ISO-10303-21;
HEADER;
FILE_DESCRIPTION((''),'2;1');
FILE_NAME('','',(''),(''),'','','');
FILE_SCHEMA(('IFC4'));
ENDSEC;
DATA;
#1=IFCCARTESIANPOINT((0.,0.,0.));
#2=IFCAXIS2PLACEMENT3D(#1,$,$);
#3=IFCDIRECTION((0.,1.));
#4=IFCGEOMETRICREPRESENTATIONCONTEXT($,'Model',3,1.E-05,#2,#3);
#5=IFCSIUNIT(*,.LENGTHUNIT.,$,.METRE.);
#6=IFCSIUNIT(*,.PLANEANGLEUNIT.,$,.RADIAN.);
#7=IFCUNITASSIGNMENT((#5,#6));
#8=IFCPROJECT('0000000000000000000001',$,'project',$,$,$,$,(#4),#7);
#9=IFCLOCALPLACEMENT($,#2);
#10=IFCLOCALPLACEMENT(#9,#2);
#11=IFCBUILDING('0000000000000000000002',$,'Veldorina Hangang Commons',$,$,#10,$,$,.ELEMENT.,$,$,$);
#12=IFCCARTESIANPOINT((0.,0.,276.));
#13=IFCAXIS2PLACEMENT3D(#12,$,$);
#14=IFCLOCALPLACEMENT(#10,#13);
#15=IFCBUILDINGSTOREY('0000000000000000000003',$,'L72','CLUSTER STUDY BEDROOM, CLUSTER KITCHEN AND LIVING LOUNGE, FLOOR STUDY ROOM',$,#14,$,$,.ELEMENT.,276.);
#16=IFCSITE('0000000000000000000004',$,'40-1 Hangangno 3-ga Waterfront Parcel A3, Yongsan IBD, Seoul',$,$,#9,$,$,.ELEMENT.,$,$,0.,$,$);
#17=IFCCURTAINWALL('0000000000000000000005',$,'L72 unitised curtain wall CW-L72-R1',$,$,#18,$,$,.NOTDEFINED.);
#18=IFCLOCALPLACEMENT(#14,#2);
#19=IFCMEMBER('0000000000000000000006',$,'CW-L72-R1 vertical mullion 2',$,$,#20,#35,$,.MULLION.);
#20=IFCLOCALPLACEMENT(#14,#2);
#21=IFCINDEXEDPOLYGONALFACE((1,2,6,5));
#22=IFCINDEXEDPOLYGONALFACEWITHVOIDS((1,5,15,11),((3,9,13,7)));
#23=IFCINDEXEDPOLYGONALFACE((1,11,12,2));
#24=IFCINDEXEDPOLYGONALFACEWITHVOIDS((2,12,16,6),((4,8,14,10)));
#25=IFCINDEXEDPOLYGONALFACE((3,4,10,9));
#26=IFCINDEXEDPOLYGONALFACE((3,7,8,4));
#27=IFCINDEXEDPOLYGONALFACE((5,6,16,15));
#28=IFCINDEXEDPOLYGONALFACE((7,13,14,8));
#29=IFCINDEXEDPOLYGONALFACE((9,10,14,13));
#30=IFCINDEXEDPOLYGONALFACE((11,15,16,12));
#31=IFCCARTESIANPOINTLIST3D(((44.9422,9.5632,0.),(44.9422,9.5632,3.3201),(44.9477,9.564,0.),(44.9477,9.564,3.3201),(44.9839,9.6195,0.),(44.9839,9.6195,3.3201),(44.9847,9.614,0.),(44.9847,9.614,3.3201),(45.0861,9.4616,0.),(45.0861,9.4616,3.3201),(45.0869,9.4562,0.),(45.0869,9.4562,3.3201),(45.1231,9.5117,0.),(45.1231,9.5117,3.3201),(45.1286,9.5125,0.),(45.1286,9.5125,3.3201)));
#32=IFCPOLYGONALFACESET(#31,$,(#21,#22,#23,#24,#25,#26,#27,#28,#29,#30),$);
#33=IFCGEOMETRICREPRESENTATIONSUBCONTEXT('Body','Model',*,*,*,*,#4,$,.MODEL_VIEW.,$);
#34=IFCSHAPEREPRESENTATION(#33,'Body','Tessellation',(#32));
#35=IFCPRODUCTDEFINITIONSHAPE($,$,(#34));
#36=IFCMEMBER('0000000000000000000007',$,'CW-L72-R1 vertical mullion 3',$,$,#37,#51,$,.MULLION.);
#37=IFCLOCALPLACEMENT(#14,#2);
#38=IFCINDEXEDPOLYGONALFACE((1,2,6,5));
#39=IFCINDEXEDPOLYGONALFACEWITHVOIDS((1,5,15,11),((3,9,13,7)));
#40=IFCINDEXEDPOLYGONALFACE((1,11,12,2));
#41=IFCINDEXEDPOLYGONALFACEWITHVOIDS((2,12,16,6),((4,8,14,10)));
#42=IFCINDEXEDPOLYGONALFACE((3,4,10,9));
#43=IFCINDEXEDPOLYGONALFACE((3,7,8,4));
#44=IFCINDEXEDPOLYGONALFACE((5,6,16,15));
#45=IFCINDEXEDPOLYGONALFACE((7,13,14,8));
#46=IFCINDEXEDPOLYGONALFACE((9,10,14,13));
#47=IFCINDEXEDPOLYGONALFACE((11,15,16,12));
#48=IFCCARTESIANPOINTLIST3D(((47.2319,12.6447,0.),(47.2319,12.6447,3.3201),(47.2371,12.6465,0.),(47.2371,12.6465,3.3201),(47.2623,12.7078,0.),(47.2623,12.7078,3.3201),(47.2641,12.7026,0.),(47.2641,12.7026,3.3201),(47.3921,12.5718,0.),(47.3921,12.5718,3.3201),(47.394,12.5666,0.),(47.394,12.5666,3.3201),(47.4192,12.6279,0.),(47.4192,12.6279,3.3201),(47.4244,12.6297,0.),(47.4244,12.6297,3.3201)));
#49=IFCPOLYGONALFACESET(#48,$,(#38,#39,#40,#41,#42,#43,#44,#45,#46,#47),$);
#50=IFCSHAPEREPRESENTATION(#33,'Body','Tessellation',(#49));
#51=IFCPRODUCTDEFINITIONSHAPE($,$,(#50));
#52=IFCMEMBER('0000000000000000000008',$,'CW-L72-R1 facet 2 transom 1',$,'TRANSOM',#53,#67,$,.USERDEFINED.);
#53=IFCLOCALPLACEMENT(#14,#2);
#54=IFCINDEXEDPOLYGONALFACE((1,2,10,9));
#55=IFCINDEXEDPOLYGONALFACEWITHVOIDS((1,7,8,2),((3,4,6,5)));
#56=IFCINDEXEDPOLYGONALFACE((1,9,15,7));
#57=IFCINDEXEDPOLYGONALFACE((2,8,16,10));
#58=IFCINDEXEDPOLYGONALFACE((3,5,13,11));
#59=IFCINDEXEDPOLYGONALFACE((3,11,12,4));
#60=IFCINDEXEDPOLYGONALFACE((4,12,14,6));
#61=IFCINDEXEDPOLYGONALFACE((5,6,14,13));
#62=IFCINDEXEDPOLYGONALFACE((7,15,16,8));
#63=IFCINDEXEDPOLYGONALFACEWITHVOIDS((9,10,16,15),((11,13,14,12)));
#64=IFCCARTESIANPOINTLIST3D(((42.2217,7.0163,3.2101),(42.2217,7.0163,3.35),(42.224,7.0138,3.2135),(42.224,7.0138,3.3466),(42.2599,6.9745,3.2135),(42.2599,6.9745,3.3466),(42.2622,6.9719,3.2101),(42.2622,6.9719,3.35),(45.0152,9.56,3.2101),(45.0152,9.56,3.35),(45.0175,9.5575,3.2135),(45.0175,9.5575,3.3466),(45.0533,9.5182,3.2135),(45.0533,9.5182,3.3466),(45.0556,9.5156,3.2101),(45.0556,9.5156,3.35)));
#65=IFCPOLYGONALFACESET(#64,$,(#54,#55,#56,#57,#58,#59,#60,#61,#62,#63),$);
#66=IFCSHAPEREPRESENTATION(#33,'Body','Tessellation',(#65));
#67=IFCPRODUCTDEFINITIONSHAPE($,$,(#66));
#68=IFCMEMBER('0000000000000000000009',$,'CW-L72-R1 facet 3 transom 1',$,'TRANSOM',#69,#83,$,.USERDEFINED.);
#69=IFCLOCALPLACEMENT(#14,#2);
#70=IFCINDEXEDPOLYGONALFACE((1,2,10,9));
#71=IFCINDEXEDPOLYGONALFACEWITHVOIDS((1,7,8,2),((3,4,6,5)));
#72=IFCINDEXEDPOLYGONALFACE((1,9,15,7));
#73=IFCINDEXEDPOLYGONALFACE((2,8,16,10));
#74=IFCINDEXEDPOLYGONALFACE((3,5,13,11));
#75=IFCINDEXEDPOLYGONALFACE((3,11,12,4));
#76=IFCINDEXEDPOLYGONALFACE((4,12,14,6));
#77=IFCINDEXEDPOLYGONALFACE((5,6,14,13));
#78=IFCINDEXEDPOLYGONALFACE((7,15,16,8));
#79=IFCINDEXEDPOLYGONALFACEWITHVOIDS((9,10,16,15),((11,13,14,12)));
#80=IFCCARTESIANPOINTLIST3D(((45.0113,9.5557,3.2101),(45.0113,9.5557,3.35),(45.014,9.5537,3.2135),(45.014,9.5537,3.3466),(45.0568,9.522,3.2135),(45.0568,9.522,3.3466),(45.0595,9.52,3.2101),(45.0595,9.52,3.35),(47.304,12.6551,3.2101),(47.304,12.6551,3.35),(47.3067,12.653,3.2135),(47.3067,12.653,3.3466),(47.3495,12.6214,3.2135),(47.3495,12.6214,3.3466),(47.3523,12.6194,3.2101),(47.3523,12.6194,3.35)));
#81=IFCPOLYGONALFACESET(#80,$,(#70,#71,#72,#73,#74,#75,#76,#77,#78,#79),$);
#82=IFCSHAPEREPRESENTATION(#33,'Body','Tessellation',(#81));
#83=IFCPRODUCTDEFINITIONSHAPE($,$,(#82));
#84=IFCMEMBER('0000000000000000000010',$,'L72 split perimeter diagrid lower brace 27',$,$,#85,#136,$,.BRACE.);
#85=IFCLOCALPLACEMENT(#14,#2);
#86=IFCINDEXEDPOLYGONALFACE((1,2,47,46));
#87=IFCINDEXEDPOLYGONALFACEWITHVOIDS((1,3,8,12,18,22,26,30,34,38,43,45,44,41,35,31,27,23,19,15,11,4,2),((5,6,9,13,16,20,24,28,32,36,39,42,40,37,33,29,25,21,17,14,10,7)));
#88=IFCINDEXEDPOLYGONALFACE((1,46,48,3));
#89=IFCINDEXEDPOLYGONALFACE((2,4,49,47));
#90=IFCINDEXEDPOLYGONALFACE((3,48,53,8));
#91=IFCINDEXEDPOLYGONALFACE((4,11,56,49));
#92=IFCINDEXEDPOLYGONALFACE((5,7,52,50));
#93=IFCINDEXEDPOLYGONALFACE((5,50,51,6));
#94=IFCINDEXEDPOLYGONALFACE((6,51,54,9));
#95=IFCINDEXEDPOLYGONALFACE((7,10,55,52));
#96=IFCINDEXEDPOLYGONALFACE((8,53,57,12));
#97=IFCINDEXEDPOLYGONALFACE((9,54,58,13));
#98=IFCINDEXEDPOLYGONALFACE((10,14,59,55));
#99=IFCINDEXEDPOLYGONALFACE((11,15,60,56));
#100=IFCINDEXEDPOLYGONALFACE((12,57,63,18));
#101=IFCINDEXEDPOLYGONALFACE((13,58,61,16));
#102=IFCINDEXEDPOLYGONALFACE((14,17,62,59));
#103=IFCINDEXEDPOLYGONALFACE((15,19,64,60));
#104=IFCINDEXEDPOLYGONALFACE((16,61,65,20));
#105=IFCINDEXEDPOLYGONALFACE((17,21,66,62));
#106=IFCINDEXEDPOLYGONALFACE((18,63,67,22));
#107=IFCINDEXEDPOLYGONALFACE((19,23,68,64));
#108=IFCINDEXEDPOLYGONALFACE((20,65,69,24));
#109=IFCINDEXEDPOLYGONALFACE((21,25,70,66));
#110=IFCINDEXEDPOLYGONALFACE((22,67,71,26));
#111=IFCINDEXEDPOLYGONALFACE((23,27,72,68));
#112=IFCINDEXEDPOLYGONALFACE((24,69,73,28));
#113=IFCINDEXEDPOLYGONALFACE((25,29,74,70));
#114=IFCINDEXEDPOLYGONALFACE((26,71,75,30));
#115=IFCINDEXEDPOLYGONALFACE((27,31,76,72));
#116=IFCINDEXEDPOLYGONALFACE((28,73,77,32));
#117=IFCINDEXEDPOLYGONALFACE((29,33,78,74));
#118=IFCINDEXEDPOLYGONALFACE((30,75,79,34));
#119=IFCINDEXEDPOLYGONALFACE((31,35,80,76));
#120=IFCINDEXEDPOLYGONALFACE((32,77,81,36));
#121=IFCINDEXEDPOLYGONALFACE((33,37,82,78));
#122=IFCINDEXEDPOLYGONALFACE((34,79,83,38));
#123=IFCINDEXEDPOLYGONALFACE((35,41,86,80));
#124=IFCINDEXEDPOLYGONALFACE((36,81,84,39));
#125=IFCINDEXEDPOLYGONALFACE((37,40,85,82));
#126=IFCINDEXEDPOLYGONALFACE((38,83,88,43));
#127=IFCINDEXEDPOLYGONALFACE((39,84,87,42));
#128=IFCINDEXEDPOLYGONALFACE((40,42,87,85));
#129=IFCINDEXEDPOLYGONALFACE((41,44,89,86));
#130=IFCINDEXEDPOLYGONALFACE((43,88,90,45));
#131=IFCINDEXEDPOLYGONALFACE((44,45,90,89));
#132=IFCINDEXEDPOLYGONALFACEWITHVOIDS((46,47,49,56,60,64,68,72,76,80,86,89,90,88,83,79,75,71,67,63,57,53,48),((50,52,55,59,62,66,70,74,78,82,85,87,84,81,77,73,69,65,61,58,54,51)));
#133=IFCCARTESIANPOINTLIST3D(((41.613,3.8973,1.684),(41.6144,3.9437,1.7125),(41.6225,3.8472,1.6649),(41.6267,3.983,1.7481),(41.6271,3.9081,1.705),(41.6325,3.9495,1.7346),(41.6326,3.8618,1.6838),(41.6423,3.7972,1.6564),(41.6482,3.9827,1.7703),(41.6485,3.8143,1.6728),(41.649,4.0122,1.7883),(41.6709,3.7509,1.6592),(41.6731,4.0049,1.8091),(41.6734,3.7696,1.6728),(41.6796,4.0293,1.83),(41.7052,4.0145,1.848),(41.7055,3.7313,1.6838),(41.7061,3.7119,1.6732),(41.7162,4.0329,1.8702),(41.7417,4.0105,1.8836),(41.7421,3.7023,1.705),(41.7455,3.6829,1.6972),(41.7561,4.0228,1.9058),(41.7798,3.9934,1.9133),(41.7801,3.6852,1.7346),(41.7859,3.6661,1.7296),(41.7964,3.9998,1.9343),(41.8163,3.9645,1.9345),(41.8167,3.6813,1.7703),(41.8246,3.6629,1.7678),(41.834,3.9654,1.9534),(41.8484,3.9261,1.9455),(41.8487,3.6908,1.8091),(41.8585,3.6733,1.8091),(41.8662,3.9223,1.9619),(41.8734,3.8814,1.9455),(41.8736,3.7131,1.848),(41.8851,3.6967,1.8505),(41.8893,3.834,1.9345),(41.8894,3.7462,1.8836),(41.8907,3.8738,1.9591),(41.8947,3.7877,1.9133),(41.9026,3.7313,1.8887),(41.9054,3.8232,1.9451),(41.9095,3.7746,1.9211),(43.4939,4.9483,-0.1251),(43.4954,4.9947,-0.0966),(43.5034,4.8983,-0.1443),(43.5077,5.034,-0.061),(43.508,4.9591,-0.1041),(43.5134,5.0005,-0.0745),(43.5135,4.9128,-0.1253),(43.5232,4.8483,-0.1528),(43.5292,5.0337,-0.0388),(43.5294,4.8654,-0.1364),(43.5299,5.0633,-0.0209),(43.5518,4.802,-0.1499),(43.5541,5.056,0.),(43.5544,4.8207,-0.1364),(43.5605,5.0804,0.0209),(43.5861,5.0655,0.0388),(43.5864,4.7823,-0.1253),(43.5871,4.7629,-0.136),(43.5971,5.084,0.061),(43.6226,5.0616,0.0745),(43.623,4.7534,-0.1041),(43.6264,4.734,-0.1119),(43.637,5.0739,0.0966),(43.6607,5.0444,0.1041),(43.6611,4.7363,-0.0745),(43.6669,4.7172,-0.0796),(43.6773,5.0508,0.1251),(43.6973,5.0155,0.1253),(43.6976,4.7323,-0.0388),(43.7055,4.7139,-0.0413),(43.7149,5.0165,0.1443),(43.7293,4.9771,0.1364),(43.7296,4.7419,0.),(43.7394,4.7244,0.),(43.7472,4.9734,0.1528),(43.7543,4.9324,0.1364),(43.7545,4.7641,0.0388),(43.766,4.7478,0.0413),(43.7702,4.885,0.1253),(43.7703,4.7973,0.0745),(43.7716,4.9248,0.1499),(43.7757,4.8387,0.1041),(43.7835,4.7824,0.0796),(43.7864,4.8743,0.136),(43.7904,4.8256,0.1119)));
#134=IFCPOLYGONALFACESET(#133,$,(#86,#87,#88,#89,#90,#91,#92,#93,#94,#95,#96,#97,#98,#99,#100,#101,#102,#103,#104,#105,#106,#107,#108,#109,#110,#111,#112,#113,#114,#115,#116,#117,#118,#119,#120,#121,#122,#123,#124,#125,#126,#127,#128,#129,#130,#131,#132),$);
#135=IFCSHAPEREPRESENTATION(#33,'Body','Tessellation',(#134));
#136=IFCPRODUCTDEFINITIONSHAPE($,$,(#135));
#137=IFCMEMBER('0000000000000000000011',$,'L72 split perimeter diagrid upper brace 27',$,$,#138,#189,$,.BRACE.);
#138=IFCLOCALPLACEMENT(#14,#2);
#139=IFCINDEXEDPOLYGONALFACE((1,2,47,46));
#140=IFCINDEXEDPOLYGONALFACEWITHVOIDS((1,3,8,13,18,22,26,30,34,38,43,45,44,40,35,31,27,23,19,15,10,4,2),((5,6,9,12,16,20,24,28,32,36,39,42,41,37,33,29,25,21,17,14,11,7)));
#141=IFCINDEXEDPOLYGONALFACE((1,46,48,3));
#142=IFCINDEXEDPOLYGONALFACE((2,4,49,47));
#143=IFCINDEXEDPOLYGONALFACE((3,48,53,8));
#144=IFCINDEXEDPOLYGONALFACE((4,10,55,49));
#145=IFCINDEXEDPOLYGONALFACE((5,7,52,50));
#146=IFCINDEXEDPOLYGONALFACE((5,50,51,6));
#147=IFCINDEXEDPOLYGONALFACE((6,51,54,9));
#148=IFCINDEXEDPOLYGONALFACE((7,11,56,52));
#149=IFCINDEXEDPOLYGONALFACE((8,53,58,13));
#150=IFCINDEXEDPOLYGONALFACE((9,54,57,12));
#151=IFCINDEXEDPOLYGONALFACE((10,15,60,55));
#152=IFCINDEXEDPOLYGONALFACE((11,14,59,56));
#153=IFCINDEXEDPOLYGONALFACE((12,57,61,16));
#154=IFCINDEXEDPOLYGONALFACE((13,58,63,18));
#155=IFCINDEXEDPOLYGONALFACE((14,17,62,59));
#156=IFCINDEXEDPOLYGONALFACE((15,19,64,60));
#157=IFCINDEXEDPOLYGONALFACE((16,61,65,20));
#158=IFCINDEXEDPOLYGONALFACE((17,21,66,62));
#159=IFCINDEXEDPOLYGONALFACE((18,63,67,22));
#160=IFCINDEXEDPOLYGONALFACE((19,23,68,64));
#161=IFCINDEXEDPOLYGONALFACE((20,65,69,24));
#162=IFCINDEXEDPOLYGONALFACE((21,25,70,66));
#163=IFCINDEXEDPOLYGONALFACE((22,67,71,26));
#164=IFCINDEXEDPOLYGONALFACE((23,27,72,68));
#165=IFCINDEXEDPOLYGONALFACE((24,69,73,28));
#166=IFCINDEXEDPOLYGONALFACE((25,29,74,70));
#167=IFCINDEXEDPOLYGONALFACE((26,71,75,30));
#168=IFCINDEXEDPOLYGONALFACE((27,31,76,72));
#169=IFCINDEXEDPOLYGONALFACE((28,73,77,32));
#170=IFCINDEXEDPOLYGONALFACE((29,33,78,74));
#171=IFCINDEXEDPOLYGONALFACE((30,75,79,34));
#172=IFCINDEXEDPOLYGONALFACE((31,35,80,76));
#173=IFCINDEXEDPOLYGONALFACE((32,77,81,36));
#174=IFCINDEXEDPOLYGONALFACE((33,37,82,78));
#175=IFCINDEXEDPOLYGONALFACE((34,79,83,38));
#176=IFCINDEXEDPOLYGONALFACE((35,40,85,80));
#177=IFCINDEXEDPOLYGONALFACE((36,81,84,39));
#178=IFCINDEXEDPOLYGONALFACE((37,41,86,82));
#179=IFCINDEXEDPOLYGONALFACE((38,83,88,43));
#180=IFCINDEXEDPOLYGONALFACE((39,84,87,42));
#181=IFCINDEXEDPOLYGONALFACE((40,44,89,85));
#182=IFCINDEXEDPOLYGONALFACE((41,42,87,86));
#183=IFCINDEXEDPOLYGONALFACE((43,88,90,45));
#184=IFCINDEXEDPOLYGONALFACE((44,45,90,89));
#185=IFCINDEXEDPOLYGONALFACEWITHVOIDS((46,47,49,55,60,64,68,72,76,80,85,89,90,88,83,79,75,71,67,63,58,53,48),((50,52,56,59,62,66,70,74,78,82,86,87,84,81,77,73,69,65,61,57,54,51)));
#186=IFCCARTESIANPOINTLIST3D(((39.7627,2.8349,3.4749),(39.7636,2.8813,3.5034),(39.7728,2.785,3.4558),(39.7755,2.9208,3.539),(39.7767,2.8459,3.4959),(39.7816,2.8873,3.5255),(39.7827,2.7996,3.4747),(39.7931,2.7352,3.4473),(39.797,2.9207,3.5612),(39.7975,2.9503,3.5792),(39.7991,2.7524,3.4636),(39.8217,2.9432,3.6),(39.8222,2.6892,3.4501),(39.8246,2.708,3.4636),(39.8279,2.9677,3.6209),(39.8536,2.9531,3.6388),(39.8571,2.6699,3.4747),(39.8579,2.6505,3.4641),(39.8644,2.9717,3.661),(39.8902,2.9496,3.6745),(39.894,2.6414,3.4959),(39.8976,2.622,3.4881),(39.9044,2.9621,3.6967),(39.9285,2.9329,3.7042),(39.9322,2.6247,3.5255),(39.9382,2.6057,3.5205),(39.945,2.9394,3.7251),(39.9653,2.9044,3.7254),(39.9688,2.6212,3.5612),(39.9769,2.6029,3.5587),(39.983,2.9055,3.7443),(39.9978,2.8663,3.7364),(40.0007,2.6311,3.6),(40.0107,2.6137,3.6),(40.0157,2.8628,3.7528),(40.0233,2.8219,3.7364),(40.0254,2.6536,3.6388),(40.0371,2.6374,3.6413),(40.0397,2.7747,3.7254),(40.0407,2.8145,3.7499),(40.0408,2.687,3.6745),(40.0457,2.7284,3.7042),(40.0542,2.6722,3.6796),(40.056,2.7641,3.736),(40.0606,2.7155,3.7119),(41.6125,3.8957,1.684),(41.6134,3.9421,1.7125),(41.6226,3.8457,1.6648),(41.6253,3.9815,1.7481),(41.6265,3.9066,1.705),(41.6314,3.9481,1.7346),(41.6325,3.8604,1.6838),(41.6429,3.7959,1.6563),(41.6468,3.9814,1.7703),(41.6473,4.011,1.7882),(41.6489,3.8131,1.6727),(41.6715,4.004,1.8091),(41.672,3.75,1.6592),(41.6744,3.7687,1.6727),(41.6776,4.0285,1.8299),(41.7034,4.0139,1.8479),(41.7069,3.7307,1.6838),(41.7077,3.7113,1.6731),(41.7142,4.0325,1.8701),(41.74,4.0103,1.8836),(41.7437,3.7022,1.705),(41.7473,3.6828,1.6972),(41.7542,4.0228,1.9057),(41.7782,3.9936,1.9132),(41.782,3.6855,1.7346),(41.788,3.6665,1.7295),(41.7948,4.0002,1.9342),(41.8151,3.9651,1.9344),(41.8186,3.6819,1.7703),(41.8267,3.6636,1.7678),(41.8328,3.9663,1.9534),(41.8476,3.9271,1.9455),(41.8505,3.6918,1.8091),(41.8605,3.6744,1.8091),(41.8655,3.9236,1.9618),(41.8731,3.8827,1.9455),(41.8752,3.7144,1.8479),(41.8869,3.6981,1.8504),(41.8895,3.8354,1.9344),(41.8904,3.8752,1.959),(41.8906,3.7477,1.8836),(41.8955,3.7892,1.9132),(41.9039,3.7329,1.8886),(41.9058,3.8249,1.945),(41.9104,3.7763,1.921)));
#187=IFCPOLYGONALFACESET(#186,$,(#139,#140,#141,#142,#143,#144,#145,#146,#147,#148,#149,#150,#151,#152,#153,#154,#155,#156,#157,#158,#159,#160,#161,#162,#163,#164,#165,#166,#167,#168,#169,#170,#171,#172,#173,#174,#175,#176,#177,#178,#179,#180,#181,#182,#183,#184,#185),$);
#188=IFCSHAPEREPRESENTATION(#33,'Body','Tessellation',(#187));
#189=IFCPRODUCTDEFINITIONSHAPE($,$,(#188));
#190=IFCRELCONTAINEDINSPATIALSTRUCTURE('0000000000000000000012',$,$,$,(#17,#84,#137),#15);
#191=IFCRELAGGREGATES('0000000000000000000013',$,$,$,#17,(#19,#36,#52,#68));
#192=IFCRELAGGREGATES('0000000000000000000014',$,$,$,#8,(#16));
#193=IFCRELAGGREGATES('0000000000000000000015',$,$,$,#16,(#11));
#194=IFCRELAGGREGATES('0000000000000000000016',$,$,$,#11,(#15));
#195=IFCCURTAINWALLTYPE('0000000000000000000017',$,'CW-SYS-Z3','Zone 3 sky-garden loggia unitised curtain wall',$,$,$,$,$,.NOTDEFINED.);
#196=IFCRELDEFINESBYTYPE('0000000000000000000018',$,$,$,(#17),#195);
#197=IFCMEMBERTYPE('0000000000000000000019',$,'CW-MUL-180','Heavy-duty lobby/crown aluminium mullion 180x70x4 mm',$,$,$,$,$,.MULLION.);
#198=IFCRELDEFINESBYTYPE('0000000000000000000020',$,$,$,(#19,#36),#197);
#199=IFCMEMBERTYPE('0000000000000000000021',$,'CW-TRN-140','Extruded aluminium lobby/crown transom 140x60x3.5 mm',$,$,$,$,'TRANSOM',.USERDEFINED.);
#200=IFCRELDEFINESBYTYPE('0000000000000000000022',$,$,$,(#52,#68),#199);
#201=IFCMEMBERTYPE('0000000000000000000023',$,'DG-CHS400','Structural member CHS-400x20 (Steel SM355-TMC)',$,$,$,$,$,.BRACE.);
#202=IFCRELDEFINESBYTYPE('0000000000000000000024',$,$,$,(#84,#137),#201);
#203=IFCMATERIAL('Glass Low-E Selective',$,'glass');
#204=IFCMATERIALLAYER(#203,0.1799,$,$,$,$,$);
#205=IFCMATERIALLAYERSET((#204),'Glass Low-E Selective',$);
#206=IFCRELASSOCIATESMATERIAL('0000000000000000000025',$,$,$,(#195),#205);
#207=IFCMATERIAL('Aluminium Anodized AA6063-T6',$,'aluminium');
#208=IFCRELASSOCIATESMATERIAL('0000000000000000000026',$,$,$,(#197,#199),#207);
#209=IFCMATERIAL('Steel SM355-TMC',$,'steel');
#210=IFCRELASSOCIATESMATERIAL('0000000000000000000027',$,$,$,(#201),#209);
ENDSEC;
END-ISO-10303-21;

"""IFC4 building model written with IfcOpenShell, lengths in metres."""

from ifc_helpers import new_model, si_unit, direction, frame, origin, origin_2d, place, context, subcontext, project, spatial, hollow_rectangle, hollow_circle, extrude, material, layer, layer_set, material_profile, profile_set, type_object, element, aggregate, save


model = new_model("IFC4")

# Units and contexts
model_context = context("Model", 3, precision=1e-05, world=origin(), true_north=direction((0.0, 1.0)))
body_context = subcontext(model_context, "Body", "Model", "MODEL_VIEW")
ifc_project = project(units=[si_unit("LENGTHUNIT", "METRE"), si_unit("PLANEANGLEUNIT", "RADIAN")], contexts=[model_context])

# Site, building, storey
site_placement = place(None, origin())
site = spatial("IfcSite", under=ifc_project, at=site_placement, Name="40-1 Hangangno 3-ga Waterfront Parcel A3, Yongsan IBD, Seoul", CompositionType="ELEMENT", RefElevation=0.0)
building_placement = place(site_placement, origin())
building = spatial("IfcBuilding", under=site, at=building_placement, Name="Veldorina Hangang Commons", CompositionType="ELEMENT")
storey_placement = place(building_placement, frame((0.0, 0.0, 276.0)))
storey = spatial("IfcBuildingStorey", under=building, at=storey_placement, Name="L72", Description="CLUSTER STUDY BEDROOM, CLUSTER KITCHEN AND LIVING LOUNGE, FLOOR STUDY ROOM", CompositionType="ELEMENT", Elevation=276.0)

# Shared definitions
ifc_material_1 = material(Name="Steel SM355-TMC", Category="steel")

# Curtain wall, members
ifc_material_2 = material(Name="Glass Low-E Selective", Category="glass")
ifc_layer_1 = layer(ifc_material_2, 0.1799)
ifc_layer_set_1 = layer_set([ifc_layer_1], Name="Glass Low-E Selective")
curtain_wall_type = type_object("IfcCurtainWallType", Name="CW-SYS-Z3", Description="Zone 3 sky-garden loggia unitised curtain wall", PredefinedType="NOTDEFINED", material=ifc_layer_set_1)
curtain_wall_placement = place(storey_placement, origin())
curtain_wall = element("IfcCurtainWall", 1, at=curtain_wall_placement, inside=storey, type_object=curtain_wall_type, Name="L72 unitised curtain wall CW-L72-R1", PredefinedType="NOTDEFINED")
ifc_material_3 = material(Name="Aluminium Anodized AA6063-T6", Category="aluminium")
ifc_material_profile_1 = material_profile(ifc_material_3, hollow_rectangle(XDim=0.0701, YDim=0.1799, WallThickness=0.0039, at=origin_2d()), Name="ALU-RHS-180x70x4")
ifc_profile_set_1 = profile_set([ifc_material_profile_1], Name="Aluminium Anodized AA6063-T6")
member_type_1 = type_object("IfcMemberType", Name="CW-MUL-180", Description="Heavy-duty lobby/crown aluminium mullion 180x70x4 mm", PredefinedType="MULLION", material=ifc_profile_set_1)
member_1_placement = place(storey_placement, frame((45.0354, 9.5378, 0.0), z_axis=(0.0, 0.0, 1.0), x_axis=(0.594711, 0.80394, 0.0)))
member_1 = element("IfcMember", 2, at=member_1_placement, type_object=member_type_1, Name="CW-L72-R1 vertical mullion 2", PredefinedType="MULLION", context=body_context, shape_type="SweptSolid", body=[
    extrude(hollow_rectangle(XDim=0.0701, YDim=0.1799, WallThickness=0.0039, at=origin_2d()), origin(), (0.0, 0.0, 1.0), 3.3201),
])
member_2_placement = place(storey_placement, frame((47.3281, 12.6372, 0.0), z_axis=(0.0, 0.0, 1.0), x_axis=(0.434021, 0.900903, 0.0)))
member_2 = element("IfcMember", 3, at=member_2_placement, type_object=member_type_1, Name="CW-L72-R1 vertical mullion 3", PredefinedType="MULLION", context=body_context, shape_type="SweptSolid", body=[
    extrude(hollow_rectangle(XDim=0.0701, YDim=0.1799, WallThickness=0.0039, at=origin_2d()), origin(), (0.0, 0.0, 1.0), 3.3201),
])
ifc_material_profile_2 = material_profile(ifc_material_3, hollow_rectangle(XDim=0.0601, YDim=0.1399, WallThickness=0.0034, at=origin_2d()), Name="ALU-RHS-140x60x3.5")
ifc_profile_set_2 = profile_set([ifc_material_profile_2], Name="Aluminium Anodized AA6063-T6")
member_type_2 = type_object("IfcMemberType", Name="CW-TRN-140", Description="Extruded aluminium lobby/crown transom 140x60x3.5 mm", ElementType="TRANSOM", PredefinedType="USERDEFINED", material=ifc_profile_set_2)
member_3_placement = place(storey_placement, frame((42.2419, 6.9941, 3.28), z_axis=(0.739387, 0.67328, 0.0), x_axis=(-0.67328, 0.739387, 0.0)))
member_3 = element("IfcMember", 4, at=member_3_placement, type_object=member_type_2, Name="CW-L72-R1 facet 2 transom 1", ObjectType="TRANSOM", PredefinedType="USERDEFINED", context=body_context, shape_type="SweptSolid", body=[
    extrude(hollow_rectangle(XDim=0.0601, YDim=0.1399, WallThickness=0.0034, at=origin_2d()), origin(), (0.0, 0.0, 1.0), 3.7781),
])
member_4_placement = place(storey_placement, frame((45.0354, 9.5378, 3.28), z_axis=(0.594708, 0.803942, 0.0), x_axis=(-0.803942, 0.594708, 0.0)))
member_4 = element("IfcMember", 5, at=member_4_placement, type_object=member_type_2, Name="CW-L72-R1 facet 3 transom 1", ObjectType="TRANSOM", PredefinedType="USERDEFINED", context=body_context, shape_type="SweptSolid", body=[
    extrude(hollow_rectangle(XDim=0.0601, YDim=0.1399, WallThickness=0.0034, at=origin_2d()), origin(), (0.0, 0.0, 1.0), 3.8552),
])

# Members
ifc_material_profile_3 = material_profile(ifc_material_1, hollow_circle(Radius=0.2, WallThickness=0.02, at=origin_2d()), Name="CHS-400x20")
ifc_profile_set_3 = profile_set([ifc_material_profile_3], Name="Steel SM355-TMC")
member_type_3 = type_object("IfcMemberType", Name="DG-CHS400", Description="Structural member CHS-400x20 (Steel SM355-TMC)", PredefinedType="BRACE", material=ifc_profile_set_3)
member_5_placement = place(storey_placement, frame((43.6418, 4.8989, 0.0), z_axis=(-0.668543, -0.373582, 0.64303), x_axis=(0.487806, -0.872952, 0.0)))
element("IfcMember", 6, at=member_5_placement, inside=storey, type_object=member_type_3, Name="L72 split perimeter diagrid lower brace 27", PredefinedType="BRACE", context=body_context, shape_type="SweptSolid", body=[
    extrude(hollow_circle(Radius=0.2, WallThickness=0.02, at=origin_2d()), origin(), (0.0, 0.0, 1.0), 2.8135),
])
member_6_placement = place(storey_placement, frame((41.761, 3.8479, 1.8091), z_axis=(-0.664274, -0.380925, 0.643146), x_axis=(0.497458, -0.867488, 0.0)))
element("IfcMember", 7, at=member_6_placement, inside=storey, type_object=member_type_3, Name="L72 split perimeter diagrid upper brace 27", PredefinedType="BRACE", context=body_context, shape_type="SweptSolid", body=[
    extrude(hollow_circle(Radius=0.2, WallThickness=0.02, at=origin_2d()), origin(), (0.0, 0.0, 1.0), 2.7847),
])

aggregate(curtain_wall, [member_1, member_2, member_3, member_4])

save(model, "model.ifc")
